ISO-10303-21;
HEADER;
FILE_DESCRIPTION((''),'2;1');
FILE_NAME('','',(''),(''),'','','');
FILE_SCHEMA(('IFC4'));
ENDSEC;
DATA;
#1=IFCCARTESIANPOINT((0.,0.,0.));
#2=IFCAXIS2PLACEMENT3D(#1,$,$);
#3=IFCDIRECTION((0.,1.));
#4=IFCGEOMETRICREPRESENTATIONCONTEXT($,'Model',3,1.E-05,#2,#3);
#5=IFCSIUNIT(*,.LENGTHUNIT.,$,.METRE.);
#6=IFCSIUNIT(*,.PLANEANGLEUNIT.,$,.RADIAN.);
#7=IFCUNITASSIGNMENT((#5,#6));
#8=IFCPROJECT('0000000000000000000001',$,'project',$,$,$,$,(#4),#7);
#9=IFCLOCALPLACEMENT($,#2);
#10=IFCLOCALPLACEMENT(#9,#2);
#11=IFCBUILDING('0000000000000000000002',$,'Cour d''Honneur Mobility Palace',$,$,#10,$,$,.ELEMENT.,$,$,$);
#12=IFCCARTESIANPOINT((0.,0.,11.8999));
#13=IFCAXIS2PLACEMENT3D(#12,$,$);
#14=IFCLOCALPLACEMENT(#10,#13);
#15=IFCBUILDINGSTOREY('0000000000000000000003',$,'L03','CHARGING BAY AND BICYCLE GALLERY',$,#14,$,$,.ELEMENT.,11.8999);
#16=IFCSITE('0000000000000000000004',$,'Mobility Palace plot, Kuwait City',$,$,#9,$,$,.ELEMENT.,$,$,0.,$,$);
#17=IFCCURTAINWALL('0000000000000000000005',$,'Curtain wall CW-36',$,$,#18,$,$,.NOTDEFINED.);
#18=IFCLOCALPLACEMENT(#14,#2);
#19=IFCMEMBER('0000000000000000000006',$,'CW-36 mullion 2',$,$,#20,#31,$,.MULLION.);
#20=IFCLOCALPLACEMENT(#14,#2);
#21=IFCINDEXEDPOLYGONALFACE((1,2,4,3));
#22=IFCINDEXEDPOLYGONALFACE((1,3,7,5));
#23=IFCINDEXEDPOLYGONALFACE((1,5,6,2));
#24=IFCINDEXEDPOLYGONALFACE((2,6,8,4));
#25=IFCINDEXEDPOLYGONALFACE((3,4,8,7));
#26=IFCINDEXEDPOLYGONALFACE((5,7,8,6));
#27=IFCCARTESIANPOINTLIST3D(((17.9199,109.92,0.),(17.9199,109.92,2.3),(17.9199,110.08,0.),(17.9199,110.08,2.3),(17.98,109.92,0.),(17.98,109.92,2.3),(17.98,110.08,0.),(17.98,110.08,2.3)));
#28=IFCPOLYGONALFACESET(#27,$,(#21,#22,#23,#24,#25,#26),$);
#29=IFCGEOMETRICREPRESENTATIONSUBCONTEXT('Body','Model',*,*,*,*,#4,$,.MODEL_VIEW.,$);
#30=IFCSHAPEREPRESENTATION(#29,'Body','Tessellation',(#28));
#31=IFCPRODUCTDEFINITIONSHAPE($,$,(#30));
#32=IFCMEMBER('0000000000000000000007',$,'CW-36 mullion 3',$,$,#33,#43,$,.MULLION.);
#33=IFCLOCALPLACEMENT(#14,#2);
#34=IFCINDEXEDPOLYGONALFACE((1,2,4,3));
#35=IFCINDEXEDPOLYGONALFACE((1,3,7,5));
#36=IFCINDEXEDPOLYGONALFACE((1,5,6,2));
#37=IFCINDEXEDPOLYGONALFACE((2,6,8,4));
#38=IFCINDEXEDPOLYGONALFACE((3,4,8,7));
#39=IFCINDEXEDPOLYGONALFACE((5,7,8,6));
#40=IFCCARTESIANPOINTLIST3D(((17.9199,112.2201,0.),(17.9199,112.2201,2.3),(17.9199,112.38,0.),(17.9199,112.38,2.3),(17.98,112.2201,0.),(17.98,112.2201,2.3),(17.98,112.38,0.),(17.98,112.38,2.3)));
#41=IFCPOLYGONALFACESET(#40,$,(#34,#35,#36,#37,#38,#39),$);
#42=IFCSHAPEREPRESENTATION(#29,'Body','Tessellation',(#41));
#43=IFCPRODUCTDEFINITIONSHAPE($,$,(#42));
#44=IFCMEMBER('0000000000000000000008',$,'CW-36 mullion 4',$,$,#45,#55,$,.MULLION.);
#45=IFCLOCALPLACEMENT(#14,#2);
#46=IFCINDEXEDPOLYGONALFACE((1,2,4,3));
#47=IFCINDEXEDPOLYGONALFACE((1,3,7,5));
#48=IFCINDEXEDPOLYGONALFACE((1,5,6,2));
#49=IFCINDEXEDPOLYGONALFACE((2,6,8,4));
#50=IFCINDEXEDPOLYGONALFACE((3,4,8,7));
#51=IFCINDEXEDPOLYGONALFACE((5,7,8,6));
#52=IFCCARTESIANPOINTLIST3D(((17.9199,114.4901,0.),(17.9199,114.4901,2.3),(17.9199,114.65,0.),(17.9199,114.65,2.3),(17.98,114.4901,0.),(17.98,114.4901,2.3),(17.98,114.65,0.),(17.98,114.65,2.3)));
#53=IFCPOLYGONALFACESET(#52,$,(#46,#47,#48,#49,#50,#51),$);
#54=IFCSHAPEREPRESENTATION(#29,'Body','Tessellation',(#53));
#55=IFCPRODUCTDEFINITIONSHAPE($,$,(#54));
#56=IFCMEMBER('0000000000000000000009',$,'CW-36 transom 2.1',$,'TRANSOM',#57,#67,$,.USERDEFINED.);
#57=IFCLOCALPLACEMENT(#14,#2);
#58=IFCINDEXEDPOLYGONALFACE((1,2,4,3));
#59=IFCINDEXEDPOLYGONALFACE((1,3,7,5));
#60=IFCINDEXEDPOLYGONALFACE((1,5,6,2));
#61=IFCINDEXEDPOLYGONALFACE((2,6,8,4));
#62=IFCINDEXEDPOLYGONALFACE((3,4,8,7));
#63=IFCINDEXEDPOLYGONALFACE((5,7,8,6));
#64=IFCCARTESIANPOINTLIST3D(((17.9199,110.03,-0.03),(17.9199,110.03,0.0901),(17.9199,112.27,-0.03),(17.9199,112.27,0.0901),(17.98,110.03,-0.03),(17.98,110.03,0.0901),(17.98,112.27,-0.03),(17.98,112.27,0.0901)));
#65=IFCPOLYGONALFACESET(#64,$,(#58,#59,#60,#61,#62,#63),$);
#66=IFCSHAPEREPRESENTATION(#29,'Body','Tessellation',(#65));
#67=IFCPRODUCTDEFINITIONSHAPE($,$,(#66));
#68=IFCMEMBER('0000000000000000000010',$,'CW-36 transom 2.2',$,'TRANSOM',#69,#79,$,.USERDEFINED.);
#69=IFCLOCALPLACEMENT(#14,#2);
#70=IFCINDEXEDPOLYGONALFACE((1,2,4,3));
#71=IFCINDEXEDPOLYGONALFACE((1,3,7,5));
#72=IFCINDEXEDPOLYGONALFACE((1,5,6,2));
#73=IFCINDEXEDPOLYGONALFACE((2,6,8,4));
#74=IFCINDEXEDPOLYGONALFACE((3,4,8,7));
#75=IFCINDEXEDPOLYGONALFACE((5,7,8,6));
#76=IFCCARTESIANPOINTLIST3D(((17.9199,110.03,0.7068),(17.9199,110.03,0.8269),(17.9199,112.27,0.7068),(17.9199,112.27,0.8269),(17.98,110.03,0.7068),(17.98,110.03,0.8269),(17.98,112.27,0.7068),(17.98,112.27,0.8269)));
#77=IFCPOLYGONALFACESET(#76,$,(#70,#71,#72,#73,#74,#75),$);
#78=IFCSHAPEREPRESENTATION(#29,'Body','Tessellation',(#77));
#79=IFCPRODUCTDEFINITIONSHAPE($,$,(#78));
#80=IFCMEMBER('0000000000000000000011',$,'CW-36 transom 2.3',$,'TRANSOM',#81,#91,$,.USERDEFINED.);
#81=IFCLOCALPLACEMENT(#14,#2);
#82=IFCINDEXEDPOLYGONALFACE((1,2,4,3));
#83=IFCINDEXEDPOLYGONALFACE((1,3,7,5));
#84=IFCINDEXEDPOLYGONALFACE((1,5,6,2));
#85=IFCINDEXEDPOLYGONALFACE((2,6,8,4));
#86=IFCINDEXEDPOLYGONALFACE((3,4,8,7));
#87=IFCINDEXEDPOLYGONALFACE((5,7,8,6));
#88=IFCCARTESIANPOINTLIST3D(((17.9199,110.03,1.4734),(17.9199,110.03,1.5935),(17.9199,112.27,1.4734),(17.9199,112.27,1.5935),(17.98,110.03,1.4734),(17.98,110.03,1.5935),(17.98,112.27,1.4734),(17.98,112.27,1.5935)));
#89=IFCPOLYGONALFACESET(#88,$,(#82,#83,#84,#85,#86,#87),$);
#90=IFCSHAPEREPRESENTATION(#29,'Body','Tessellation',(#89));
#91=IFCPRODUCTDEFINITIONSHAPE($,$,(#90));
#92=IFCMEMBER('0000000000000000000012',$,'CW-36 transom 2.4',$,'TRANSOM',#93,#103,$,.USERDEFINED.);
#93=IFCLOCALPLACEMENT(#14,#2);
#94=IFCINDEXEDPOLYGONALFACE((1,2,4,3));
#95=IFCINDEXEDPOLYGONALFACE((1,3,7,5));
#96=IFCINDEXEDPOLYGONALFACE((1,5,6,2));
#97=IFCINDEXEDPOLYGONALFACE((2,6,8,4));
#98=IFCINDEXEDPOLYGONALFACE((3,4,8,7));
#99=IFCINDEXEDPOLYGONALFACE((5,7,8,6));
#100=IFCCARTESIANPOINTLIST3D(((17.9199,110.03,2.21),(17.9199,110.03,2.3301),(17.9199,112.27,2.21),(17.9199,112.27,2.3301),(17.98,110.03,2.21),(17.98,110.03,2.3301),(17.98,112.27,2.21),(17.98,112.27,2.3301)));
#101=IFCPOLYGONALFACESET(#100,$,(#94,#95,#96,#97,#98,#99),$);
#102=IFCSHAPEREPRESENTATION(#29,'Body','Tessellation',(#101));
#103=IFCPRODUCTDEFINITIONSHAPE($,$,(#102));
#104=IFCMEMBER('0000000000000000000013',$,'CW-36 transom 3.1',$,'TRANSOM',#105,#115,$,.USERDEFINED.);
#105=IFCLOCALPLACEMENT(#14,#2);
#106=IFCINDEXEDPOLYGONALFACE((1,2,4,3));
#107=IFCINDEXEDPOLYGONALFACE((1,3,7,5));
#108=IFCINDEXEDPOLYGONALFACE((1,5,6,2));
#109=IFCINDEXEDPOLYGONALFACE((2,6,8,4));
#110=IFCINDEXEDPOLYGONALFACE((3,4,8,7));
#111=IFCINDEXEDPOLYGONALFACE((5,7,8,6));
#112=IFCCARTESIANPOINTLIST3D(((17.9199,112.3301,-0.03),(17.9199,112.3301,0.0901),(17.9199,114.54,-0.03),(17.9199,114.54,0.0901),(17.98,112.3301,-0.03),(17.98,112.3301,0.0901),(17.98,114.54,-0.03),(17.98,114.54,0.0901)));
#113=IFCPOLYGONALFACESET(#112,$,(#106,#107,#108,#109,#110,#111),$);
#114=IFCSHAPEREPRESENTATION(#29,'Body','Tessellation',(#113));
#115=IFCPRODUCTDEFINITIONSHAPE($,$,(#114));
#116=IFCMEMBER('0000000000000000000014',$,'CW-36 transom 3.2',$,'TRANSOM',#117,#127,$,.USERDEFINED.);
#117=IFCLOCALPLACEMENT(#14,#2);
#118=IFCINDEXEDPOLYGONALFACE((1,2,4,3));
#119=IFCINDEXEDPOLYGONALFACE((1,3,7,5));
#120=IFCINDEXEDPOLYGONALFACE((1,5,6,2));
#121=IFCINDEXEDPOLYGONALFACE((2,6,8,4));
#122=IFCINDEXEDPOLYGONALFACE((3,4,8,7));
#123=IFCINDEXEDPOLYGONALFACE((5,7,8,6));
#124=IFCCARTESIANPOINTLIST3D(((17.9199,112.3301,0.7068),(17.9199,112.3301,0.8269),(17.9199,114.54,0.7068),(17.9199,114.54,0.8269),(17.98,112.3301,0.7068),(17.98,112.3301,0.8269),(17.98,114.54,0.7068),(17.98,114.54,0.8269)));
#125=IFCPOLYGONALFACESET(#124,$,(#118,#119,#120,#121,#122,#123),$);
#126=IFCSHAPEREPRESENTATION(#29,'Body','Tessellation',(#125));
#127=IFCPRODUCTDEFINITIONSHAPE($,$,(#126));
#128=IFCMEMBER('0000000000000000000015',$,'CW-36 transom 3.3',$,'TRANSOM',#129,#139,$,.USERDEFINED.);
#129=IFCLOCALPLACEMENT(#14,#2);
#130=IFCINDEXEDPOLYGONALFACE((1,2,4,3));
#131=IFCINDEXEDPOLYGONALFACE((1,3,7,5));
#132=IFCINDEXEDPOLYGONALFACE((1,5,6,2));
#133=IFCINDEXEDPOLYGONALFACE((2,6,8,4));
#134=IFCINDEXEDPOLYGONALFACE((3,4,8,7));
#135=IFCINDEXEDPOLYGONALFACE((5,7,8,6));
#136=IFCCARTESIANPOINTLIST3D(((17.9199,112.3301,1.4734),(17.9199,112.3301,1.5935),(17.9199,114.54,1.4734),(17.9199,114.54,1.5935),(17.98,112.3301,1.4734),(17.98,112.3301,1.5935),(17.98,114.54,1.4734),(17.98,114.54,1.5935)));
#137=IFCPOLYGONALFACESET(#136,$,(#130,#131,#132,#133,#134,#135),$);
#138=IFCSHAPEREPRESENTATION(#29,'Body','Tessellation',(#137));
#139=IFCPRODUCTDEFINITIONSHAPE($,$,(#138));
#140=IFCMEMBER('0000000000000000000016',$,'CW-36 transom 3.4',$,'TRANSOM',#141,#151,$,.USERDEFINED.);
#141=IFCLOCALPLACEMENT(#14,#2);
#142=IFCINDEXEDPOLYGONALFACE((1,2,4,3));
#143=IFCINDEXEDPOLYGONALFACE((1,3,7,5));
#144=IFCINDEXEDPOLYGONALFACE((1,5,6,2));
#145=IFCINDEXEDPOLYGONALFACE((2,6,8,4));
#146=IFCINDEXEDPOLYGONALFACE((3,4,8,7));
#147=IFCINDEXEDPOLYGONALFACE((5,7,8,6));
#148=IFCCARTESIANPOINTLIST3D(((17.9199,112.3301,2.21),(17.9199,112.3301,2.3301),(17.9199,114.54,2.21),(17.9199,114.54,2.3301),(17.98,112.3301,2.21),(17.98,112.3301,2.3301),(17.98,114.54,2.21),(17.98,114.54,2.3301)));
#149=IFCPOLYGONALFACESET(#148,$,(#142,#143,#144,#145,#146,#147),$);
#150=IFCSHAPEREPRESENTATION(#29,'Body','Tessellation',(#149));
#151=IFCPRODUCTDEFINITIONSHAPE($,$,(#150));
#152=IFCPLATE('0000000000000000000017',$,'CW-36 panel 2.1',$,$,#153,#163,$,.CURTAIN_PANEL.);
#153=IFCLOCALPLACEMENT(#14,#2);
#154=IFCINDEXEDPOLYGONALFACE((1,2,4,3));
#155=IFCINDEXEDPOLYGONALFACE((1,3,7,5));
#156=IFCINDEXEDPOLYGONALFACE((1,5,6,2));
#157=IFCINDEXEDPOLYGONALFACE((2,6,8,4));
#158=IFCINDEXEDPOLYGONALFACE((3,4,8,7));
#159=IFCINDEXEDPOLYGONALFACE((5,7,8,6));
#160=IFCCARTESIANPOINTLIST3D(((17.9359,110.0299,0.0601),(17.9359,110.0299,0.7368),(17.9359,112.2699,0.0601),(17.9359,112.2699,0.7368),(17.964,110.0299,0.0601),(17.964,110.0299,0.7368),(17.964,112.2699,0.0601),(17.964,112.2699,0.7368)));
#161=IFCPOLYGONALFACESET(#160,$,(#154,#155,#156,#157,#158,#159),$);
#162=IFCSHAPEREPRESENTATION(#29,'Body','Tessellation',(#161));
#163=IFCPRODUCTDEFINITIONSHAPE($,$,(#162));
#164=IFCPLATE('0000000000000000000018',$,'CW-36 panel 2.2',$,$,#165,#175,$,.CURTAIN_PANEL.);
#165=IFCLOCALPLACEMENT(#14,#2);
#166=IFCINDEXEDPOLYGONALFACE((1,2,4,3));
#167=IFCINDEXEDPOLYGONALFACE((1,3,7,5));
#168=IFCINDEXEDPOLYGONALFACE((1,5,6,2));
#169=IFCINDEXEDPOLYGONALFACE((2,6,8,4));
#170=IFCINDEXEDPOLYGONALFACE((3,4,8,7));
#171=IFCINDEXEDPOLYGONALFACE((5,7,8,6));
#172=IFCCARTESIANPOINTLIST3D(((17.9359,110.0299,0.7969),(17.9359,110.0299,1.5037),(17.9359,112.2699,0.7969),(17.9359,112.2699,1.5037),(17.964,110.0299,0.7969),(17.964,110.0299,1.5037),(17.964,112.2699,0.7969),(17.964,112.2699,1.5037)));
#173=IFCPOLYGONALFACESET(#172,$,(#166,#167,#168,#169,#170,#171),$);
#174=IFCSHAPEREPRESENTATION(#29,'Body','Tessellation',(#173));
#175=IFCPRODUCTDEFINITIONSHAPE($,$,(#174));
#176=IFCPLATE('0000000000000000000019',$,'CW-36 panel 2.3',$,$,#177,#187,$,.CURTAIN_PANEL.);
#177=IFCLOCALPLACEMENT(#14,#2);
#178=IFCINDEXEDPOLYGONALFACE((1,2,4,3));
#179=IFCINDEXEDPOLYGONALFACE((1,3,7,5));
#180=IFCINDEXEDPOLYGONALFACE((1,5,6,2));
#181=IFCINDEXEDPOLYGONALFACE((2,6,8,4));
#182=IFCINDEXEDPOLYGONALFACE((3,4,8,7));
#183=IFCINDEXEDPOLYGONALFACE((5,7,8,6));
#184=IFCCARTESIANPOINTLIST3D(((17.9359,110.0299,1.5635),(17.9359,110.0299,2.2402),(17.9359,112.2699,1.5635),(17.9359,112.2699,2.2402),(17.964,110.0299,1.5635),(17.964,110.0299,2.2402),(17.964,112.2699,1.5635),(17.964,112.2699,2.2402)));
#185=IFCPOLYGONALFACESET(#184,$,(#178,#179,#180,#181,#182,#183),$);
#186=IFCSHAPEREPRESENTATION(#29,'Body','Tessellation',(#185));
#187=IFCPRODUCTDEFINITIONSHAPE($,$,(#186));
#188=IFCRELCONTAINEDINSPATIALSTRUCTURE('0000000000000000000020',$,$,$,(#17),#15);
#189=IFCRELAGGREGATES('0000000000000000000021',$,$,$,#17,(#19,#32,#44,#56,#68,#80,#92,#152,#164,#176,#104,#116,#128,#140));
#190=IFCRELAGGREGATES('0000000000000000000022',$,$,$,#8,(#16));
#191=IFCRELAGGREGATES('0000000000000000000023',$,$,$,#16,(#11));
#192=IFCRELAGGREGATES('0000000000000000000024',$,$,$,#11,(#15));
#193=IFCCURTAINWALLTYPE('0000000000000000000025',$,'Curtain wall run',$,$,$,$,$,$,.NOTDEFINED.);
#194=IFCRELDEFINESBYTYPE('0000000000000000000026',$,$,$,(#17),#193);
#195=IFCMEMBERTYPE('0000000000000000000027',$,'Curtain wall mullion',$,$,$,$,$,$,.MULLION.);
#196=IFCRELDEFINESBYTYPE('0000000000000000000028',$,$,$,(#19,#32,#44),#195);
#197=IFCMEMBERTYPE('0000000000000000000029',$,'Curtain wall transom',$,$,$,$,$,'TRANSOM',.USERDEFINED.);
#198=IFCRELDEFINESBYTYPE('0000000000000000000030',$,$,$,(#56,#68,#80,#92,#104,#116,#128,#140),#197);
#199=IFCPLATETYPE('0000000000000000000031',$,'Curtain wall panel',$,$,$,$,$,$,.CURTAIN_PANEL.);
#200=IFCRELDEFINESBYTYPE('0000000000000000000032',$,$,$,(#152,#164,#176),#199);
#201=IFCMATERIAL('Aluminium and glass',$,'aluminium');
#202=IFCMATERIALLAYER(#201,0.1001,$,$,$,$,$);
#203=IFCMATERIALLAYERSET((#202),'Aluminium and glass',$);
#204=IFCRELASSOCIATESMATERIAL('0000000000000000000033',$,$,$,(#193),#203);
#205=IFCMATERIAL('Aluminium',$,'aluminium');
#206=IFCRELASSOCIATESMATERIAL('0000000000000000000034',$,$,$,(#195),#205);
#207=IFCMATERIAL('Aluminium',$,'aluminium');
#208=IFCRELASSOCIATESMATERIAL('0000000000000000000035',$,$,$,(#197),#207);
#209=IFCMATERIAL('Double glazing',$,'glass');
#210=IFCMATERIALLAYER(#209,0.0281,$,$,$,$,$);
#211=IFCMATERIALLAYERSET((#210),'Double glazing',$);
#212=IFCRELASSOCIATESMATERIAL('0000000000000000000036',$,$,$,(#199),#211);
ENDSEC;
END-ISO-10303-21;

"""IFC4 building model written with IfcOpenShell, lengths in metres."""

from ifc_helpers import new_model, si_unit, direction, frame, origin, origin_2d, place, context, subcontext, project, spatial, rectangle, extrude, material, layer, layer_set, material_profile, profile_set, type_object, element, aggregate, save


model = new_model("IFC4")

# Units and contexts
model_context = context("Model", 3, precision=1e-05, world=origin(), true_north=direction((0.0, 1.0)))
body_context = subcontext(model_context, "Body", "Model", "MODEL_VIEW")
ifc_project = project(units=[si_unit("LENGTHUNIT", "METRE"), si_unit("PLANEANGLEUNIT", "RADIAN")], contexts=[model_context])

# Site, building, storey
site_placement = place(None, origin())
site = spatial("IfcSite", under=ifc_project, at=site_placement, Name="Mobility Palace plot, Kuwait City", CompositionType="ELEMENT", RefElevation=0.0)
building_placement = place(site_placement, origin())
building = spatial("IfcBuilding", under=site, at=building_placement, Name="Cour d'Honneur Mobility Palace", CompositionType="ELEMENT")
storey_placement = place(building_placement, frame((0.0, 0.0, 11.8999)))
storey = spatial("IfcBuildingStorey", under=building, at=storey_placement, Name="L03", Description="CHARGING BAY AND BICYCLE GALLERY", CompositionType="ELEMENT", Elevation=11.8999)

# Curtain wall, members, plates
ifc_material_1 = material(Name="Aluminium and glass", Category="aluminium")
ifc_layer_1 = layer(ifc_material_1, 0.1001)
ifc_layer_set_1 = layer_set([ifc_layer_1], Name="Aluminium and glass")
curtain_wall_type = type_object("IfcCurtainWallType", Name="Curtain wall run", PredefinedType="NOTDEFINED", material=ifc_layer_set_1)
curtain_wall_placement = place(storey_placement, origin())
curtain_wall = element("IfcCurtainWall", 1, at=curtain_wall_placement, inside=storey, type_object=curtain_wall_type, Name="Curtain wall CW-36", PredefinedType="NOTDEFINED")
ifc_material_2 = material(Name="Aluminium", Category="aluminium")
ifc_material_profile_1 = material_profile(ifc_material_2, rectangle(XDim=0.0601, YDim=0.1599, at=origin_2d()), Name="Curtain wall mullion")
ifc_profile_set_1 = profile_set([ifc_material_profile_1], Name="Aluminium")
member_type_1 = type_object("IfcMemberType", Name="Curtain wall mullion", PredefinedType="MULLION", material=ifc_profile_set_1)
member_1_placement = place(storey_placement, frame((17.95, 110.0, 0.0), z_axis=(0.0, 0.0, 1.0), x_axis=(-1.0, 0.0, 0.0)))
member_1 = element("IfcMember", 2, at=member_1_placement, type_object=member_type_1, Name="CW-36 mullion 2", PredefinedType="MULLION", context=body_context, shape_type="SweptSolid", body=[
    extrude(rectangle(XDim=0.0601, YDim=0.1599, at=origin_2d()), origin(), (0.0, 0.0, 1.0), 2.3),
])
member_2_placement = place(storey_placement, frame((17.95, 112.3, 0.0), z_axis=(0.0, 0.0, 1.0), x_axis=(-1.0, 0.0, 0.0)))
member_2 = element("IfcMember", 3, at=member_2_placement, type_object=member_type_1, Name="CW-36 mullion 3", PredefinedType="MULLION", context=body_context, shape_type="SweptSolid", body=[
    extrude(rectangle(XDim=0.0601, YDim=0.1599, at=origin_2d()), origin(), (0.0, 0.0, 1.0), 2.3),
])
member_3_placement = place(storey_placement, frame((17.95, 114.5701, 0.0), z_axis=(0.0, 0.0, 1.0), x_axis=(-1.0, 0.0, 0.0)))
member_3 = element("IfcMember", 4, at=member_3_placement, type_object=member_type_1, Name="CW-36 mullion 4", PredefinedType="MULLION", context=body_context, shape_type="SweptSolid", body=[
    extrude(rectangle(XDim=0.0601, YDim=0.1599, at=origin_2d()), origin(), (0.0, 0.0, 1.0), 2.3),
])
ifc_material_3 = material(Name="Aluminium", Category="aluminium")
ifc_material_profile_2 = material_profile(ifc_material_3, rectangle(XDim=0.0601, YDim=0.1201, at=origin_2d()), Name="Curtain wall transom")
ifc_profile_set_2 = profile_set([ifc_material_profile_2], Name="Aluminium")
member_type_2 = type_object("IfcMemberType", Name="Curtain wall transom", ElementType="TRANSOM", PredefinedType="USERDEFINED", material=ifc_profile_set_2)
member_4_placement = place(storey_placement, frame((17.95, 110.03, 0.03), z_axis=(0.0, 1.0, 0.0), x_axis=(-1.0, 0.0, 0.0)))
member_4 = element("IfcMember", 5, at=member_4_placement, type_object=member_type_2, Name="CW-36 transom 2.1", ObjectType="TRANSOM", PredefinedType="USERDEFINED", context=body_context, shape_type="SweptSolid", body=[
    extrude(rectangle(XDim=0.0601, YDim=0.1201, at=origin_2d()), origin(), (0.0, 0.0, 1.0), 2.24),
])
member_5_placement = place(storey_placement, frame((17.95, 110.03, 0.7668), z_axis=(0.0, 1.0, 0.0), x_axis=(-1.0, 0.0, 0.0)))
member_5 = element("IfcMember", 6, at=member_5_placement, type_object=member_type_2, Name="CW-36 transom 2.2", ObjectType="TRANSOM", PredefinedType="USERDEFINED", context=body_context, shape_type="SweptSolid", body=[
    extrude(rectangle(XDim=0.0601, YDim=0.1201, at=origin_2d()), origin(), (0.0, 0.0, 1.0), 2.24),
])
member_6_placement = place(storey_placement, frame((17.95, 110.03, 1.5334), z_axis=(0.0, 1.0, 0.0), x_axis=(-1.0, 0.0, 0.0)))
member_6 = element("IfcMember", 7, at=member_6_placement, type_object=member_type_2, Name="CW-36 transom 2.3", ObjectType="TRANSOM", PredefinedType="USERDEFINED", context=body_context, shape_type="SweptSolid", body=[
    extrude(rectangle(XDim=0.0601, YDim=0.1201, at=origin_2d()), origin(), (0.0, 0.0, 1.0), 2.24),
])
member_7_placement = place(storey_placement, frame((17.95, 110.03, 2.27), z_axis=(0.0, 1.0, 0.0), x_axis=(-1.0, 0.0, 0.0)))
member_7 = element("IfcMember", 8, at=member_7_placement, type_object=member_type_2, Name="CW-36 transom 2.4", ObjectType="TRANSOM", PredefinedType="USERDEFINED", context=body_context, shape_type="SweptSolid", body=[
    extrude(rectangle(XDim=0.0601, YDim=0.1201, at=origin_2d()), origin(), (0.0, 0.0, 1.0), 2.24),
])
member_8_placement = place(storey_placement, frame((17.95, 112.3301, 0.03), z_axis=(0.0, 1.0, 0.0), x_axis=(-1.0, 0.0, 0.0)))
member_8 = element("IfcMember", 9, at=member_8_placement, type_object=member_type_2, Name="CW-36 transom 3.1", ObjectType="TRANSOM", PredefinedType="USERDEFINED", context=body_context, shape_type="SweptSolid", body=[
    extrude(rectangle(XDim=0.0601, YDim=0.1201, at=origin_2d()), origin(), (0.0, 0.0, 1.0), 2.21),
])
member_9_placement = place(storey_placement, frame((17.95, 112.3301, 0.7668), z_axis=(0.0, 1.0, 0.0), x_axis=(-1.0, 0.0, 0.0)))
member_9 = element("IfcMember", 10, at=member_9_placement, type_object=member_type_2, Name="CW-36 transom 3.2", ObjectType="TRANSOM", PredefinedType="USERDEFINED", context=body_context, shape_type="SweptSolid", body=[
    extrude(rectangle(XDim=0.0601, YDim=0.1201, at=origin_2d()), origin(), (0.0, 0.0, 1.0), 2.21),
])
member_10_placement = place(storey_placement, frame((17.95, 112.3301, 1.5334), z_axis=(0.0, 1.0, 0.0), x_axis=(-1.0, 0.0, 0.0)))
member_10 = element("IfcMember", 11, at=member_10_placement, type_object=member_type_2, Name="CW-36 transom 3.3", ObjectType="TRANSOM", PredefinedType="USERDEFINED", context=body_context, shape_type="SweptSolid", body=[
    extrude(rectangle(XDim=0.0601, YDim=0.1201, at=origin_2d()), origin(), (0.0, 0.0, 1.0), 2.21),
])
member_11_placement = place(storey_placement, frame((17.95, 112.3301, 2.27), z_axis=(0.0, 1.0, 0.0), x_axis=(-1.0, 0.0, 0.0)))
member_11 = element("IfcMember", 12, at=member_11_placement, type_object=member_type_2, Name="CW-36 transom 3.4", ObjectType="TRANSOM", PredefinedType="USERDEFINED", context=body_context, shape_type="SweptSolid", body=[
    extrude(rectangle(XDim=0.0601, YDim=0.1201, at=origin_2d()), origin(), (0.0, 0.0, 1.0), 2.21),
])
ifc_material_4 = material(Name="Double glazing", Category="glass")
ifc_layer_2 = layer(ifc_material_4, 0.0281)
ifc_layer_set_2 = layer_set([ifc_layer_2], Name="Double glazing")
plate_type = type_object("IfcPlateType", Name="Curtain wall panel", PredefinedType="CURTAIN_PANEL", material=ifc_layer_set_2)
plate_1_placement = place(storey_placement, frame((17.95, 111.1499, 0.0601), z_axis=(0.0, 0.0, 1.0), x_axis=(0.0, 1.0, 0.0)))
plate_1 = element("IfcPlate", 13, at=plate_1_placement, type_object=plate_type, Name="CW-36 panel 2.1", PredefinedType="CURTAIN_PANEL", context=body_context, shape_type="SweptSolid", body=[
    extrude(rectangle(XDim=2.24, YDim=0.0281, at=origin_2d()), origin(), (0.0, 0.0, 1.0), 0.6768),
])
plate_2_placement = place(storey_placement, frame((17.95, 111.1499, 0.7969), z_axis=(0.0, 0.0, 1.0), x_axis=(0.0, 1.0, 0.0)))
plate_2 = element("IfcPlate", 14, at=plate_2_placement, type_object=plate_type, Name="CW-36 panel 2.2", PredefinedType="CURTAIN_PANEL", context=body_context, shape_type="SweptSolid", body=[
    extrude(rectangle(XDim=2.24, YDim=0.0281, at=origin_2d()), origin(), (0.0, 0.0, 1.0), 0.7068),
])
plate_3_placement = place(storey_placement, frame((17.95, 111.1499, 1.5635), z_axis=(0.0, 0.0, 1.0), x_axis=(0.0, 1.0, 0.0)))
plate_3 = element("IfcPlate", 15, at=plate_3_placement, type_object=plate_type, Name="CW-36 panel 2.3", PredefinedType="CURTAIN_PANEL", context=body_context, shape_type="SweptSolid", body=[
    extrude(rectangle(XDim=2.24, YDim=0.0281, at=origin_2d()), origin(), (0.0, 0.0, 1.0), 0.6768),
])
aggregate(curtain_wall, [member_1, member_2, member_3, member_4, member_5, member_6, member_7, plate_1, plate_2, plate_3, member_8, member_9, member_10, member_11])

save(model, "model.ifc")
